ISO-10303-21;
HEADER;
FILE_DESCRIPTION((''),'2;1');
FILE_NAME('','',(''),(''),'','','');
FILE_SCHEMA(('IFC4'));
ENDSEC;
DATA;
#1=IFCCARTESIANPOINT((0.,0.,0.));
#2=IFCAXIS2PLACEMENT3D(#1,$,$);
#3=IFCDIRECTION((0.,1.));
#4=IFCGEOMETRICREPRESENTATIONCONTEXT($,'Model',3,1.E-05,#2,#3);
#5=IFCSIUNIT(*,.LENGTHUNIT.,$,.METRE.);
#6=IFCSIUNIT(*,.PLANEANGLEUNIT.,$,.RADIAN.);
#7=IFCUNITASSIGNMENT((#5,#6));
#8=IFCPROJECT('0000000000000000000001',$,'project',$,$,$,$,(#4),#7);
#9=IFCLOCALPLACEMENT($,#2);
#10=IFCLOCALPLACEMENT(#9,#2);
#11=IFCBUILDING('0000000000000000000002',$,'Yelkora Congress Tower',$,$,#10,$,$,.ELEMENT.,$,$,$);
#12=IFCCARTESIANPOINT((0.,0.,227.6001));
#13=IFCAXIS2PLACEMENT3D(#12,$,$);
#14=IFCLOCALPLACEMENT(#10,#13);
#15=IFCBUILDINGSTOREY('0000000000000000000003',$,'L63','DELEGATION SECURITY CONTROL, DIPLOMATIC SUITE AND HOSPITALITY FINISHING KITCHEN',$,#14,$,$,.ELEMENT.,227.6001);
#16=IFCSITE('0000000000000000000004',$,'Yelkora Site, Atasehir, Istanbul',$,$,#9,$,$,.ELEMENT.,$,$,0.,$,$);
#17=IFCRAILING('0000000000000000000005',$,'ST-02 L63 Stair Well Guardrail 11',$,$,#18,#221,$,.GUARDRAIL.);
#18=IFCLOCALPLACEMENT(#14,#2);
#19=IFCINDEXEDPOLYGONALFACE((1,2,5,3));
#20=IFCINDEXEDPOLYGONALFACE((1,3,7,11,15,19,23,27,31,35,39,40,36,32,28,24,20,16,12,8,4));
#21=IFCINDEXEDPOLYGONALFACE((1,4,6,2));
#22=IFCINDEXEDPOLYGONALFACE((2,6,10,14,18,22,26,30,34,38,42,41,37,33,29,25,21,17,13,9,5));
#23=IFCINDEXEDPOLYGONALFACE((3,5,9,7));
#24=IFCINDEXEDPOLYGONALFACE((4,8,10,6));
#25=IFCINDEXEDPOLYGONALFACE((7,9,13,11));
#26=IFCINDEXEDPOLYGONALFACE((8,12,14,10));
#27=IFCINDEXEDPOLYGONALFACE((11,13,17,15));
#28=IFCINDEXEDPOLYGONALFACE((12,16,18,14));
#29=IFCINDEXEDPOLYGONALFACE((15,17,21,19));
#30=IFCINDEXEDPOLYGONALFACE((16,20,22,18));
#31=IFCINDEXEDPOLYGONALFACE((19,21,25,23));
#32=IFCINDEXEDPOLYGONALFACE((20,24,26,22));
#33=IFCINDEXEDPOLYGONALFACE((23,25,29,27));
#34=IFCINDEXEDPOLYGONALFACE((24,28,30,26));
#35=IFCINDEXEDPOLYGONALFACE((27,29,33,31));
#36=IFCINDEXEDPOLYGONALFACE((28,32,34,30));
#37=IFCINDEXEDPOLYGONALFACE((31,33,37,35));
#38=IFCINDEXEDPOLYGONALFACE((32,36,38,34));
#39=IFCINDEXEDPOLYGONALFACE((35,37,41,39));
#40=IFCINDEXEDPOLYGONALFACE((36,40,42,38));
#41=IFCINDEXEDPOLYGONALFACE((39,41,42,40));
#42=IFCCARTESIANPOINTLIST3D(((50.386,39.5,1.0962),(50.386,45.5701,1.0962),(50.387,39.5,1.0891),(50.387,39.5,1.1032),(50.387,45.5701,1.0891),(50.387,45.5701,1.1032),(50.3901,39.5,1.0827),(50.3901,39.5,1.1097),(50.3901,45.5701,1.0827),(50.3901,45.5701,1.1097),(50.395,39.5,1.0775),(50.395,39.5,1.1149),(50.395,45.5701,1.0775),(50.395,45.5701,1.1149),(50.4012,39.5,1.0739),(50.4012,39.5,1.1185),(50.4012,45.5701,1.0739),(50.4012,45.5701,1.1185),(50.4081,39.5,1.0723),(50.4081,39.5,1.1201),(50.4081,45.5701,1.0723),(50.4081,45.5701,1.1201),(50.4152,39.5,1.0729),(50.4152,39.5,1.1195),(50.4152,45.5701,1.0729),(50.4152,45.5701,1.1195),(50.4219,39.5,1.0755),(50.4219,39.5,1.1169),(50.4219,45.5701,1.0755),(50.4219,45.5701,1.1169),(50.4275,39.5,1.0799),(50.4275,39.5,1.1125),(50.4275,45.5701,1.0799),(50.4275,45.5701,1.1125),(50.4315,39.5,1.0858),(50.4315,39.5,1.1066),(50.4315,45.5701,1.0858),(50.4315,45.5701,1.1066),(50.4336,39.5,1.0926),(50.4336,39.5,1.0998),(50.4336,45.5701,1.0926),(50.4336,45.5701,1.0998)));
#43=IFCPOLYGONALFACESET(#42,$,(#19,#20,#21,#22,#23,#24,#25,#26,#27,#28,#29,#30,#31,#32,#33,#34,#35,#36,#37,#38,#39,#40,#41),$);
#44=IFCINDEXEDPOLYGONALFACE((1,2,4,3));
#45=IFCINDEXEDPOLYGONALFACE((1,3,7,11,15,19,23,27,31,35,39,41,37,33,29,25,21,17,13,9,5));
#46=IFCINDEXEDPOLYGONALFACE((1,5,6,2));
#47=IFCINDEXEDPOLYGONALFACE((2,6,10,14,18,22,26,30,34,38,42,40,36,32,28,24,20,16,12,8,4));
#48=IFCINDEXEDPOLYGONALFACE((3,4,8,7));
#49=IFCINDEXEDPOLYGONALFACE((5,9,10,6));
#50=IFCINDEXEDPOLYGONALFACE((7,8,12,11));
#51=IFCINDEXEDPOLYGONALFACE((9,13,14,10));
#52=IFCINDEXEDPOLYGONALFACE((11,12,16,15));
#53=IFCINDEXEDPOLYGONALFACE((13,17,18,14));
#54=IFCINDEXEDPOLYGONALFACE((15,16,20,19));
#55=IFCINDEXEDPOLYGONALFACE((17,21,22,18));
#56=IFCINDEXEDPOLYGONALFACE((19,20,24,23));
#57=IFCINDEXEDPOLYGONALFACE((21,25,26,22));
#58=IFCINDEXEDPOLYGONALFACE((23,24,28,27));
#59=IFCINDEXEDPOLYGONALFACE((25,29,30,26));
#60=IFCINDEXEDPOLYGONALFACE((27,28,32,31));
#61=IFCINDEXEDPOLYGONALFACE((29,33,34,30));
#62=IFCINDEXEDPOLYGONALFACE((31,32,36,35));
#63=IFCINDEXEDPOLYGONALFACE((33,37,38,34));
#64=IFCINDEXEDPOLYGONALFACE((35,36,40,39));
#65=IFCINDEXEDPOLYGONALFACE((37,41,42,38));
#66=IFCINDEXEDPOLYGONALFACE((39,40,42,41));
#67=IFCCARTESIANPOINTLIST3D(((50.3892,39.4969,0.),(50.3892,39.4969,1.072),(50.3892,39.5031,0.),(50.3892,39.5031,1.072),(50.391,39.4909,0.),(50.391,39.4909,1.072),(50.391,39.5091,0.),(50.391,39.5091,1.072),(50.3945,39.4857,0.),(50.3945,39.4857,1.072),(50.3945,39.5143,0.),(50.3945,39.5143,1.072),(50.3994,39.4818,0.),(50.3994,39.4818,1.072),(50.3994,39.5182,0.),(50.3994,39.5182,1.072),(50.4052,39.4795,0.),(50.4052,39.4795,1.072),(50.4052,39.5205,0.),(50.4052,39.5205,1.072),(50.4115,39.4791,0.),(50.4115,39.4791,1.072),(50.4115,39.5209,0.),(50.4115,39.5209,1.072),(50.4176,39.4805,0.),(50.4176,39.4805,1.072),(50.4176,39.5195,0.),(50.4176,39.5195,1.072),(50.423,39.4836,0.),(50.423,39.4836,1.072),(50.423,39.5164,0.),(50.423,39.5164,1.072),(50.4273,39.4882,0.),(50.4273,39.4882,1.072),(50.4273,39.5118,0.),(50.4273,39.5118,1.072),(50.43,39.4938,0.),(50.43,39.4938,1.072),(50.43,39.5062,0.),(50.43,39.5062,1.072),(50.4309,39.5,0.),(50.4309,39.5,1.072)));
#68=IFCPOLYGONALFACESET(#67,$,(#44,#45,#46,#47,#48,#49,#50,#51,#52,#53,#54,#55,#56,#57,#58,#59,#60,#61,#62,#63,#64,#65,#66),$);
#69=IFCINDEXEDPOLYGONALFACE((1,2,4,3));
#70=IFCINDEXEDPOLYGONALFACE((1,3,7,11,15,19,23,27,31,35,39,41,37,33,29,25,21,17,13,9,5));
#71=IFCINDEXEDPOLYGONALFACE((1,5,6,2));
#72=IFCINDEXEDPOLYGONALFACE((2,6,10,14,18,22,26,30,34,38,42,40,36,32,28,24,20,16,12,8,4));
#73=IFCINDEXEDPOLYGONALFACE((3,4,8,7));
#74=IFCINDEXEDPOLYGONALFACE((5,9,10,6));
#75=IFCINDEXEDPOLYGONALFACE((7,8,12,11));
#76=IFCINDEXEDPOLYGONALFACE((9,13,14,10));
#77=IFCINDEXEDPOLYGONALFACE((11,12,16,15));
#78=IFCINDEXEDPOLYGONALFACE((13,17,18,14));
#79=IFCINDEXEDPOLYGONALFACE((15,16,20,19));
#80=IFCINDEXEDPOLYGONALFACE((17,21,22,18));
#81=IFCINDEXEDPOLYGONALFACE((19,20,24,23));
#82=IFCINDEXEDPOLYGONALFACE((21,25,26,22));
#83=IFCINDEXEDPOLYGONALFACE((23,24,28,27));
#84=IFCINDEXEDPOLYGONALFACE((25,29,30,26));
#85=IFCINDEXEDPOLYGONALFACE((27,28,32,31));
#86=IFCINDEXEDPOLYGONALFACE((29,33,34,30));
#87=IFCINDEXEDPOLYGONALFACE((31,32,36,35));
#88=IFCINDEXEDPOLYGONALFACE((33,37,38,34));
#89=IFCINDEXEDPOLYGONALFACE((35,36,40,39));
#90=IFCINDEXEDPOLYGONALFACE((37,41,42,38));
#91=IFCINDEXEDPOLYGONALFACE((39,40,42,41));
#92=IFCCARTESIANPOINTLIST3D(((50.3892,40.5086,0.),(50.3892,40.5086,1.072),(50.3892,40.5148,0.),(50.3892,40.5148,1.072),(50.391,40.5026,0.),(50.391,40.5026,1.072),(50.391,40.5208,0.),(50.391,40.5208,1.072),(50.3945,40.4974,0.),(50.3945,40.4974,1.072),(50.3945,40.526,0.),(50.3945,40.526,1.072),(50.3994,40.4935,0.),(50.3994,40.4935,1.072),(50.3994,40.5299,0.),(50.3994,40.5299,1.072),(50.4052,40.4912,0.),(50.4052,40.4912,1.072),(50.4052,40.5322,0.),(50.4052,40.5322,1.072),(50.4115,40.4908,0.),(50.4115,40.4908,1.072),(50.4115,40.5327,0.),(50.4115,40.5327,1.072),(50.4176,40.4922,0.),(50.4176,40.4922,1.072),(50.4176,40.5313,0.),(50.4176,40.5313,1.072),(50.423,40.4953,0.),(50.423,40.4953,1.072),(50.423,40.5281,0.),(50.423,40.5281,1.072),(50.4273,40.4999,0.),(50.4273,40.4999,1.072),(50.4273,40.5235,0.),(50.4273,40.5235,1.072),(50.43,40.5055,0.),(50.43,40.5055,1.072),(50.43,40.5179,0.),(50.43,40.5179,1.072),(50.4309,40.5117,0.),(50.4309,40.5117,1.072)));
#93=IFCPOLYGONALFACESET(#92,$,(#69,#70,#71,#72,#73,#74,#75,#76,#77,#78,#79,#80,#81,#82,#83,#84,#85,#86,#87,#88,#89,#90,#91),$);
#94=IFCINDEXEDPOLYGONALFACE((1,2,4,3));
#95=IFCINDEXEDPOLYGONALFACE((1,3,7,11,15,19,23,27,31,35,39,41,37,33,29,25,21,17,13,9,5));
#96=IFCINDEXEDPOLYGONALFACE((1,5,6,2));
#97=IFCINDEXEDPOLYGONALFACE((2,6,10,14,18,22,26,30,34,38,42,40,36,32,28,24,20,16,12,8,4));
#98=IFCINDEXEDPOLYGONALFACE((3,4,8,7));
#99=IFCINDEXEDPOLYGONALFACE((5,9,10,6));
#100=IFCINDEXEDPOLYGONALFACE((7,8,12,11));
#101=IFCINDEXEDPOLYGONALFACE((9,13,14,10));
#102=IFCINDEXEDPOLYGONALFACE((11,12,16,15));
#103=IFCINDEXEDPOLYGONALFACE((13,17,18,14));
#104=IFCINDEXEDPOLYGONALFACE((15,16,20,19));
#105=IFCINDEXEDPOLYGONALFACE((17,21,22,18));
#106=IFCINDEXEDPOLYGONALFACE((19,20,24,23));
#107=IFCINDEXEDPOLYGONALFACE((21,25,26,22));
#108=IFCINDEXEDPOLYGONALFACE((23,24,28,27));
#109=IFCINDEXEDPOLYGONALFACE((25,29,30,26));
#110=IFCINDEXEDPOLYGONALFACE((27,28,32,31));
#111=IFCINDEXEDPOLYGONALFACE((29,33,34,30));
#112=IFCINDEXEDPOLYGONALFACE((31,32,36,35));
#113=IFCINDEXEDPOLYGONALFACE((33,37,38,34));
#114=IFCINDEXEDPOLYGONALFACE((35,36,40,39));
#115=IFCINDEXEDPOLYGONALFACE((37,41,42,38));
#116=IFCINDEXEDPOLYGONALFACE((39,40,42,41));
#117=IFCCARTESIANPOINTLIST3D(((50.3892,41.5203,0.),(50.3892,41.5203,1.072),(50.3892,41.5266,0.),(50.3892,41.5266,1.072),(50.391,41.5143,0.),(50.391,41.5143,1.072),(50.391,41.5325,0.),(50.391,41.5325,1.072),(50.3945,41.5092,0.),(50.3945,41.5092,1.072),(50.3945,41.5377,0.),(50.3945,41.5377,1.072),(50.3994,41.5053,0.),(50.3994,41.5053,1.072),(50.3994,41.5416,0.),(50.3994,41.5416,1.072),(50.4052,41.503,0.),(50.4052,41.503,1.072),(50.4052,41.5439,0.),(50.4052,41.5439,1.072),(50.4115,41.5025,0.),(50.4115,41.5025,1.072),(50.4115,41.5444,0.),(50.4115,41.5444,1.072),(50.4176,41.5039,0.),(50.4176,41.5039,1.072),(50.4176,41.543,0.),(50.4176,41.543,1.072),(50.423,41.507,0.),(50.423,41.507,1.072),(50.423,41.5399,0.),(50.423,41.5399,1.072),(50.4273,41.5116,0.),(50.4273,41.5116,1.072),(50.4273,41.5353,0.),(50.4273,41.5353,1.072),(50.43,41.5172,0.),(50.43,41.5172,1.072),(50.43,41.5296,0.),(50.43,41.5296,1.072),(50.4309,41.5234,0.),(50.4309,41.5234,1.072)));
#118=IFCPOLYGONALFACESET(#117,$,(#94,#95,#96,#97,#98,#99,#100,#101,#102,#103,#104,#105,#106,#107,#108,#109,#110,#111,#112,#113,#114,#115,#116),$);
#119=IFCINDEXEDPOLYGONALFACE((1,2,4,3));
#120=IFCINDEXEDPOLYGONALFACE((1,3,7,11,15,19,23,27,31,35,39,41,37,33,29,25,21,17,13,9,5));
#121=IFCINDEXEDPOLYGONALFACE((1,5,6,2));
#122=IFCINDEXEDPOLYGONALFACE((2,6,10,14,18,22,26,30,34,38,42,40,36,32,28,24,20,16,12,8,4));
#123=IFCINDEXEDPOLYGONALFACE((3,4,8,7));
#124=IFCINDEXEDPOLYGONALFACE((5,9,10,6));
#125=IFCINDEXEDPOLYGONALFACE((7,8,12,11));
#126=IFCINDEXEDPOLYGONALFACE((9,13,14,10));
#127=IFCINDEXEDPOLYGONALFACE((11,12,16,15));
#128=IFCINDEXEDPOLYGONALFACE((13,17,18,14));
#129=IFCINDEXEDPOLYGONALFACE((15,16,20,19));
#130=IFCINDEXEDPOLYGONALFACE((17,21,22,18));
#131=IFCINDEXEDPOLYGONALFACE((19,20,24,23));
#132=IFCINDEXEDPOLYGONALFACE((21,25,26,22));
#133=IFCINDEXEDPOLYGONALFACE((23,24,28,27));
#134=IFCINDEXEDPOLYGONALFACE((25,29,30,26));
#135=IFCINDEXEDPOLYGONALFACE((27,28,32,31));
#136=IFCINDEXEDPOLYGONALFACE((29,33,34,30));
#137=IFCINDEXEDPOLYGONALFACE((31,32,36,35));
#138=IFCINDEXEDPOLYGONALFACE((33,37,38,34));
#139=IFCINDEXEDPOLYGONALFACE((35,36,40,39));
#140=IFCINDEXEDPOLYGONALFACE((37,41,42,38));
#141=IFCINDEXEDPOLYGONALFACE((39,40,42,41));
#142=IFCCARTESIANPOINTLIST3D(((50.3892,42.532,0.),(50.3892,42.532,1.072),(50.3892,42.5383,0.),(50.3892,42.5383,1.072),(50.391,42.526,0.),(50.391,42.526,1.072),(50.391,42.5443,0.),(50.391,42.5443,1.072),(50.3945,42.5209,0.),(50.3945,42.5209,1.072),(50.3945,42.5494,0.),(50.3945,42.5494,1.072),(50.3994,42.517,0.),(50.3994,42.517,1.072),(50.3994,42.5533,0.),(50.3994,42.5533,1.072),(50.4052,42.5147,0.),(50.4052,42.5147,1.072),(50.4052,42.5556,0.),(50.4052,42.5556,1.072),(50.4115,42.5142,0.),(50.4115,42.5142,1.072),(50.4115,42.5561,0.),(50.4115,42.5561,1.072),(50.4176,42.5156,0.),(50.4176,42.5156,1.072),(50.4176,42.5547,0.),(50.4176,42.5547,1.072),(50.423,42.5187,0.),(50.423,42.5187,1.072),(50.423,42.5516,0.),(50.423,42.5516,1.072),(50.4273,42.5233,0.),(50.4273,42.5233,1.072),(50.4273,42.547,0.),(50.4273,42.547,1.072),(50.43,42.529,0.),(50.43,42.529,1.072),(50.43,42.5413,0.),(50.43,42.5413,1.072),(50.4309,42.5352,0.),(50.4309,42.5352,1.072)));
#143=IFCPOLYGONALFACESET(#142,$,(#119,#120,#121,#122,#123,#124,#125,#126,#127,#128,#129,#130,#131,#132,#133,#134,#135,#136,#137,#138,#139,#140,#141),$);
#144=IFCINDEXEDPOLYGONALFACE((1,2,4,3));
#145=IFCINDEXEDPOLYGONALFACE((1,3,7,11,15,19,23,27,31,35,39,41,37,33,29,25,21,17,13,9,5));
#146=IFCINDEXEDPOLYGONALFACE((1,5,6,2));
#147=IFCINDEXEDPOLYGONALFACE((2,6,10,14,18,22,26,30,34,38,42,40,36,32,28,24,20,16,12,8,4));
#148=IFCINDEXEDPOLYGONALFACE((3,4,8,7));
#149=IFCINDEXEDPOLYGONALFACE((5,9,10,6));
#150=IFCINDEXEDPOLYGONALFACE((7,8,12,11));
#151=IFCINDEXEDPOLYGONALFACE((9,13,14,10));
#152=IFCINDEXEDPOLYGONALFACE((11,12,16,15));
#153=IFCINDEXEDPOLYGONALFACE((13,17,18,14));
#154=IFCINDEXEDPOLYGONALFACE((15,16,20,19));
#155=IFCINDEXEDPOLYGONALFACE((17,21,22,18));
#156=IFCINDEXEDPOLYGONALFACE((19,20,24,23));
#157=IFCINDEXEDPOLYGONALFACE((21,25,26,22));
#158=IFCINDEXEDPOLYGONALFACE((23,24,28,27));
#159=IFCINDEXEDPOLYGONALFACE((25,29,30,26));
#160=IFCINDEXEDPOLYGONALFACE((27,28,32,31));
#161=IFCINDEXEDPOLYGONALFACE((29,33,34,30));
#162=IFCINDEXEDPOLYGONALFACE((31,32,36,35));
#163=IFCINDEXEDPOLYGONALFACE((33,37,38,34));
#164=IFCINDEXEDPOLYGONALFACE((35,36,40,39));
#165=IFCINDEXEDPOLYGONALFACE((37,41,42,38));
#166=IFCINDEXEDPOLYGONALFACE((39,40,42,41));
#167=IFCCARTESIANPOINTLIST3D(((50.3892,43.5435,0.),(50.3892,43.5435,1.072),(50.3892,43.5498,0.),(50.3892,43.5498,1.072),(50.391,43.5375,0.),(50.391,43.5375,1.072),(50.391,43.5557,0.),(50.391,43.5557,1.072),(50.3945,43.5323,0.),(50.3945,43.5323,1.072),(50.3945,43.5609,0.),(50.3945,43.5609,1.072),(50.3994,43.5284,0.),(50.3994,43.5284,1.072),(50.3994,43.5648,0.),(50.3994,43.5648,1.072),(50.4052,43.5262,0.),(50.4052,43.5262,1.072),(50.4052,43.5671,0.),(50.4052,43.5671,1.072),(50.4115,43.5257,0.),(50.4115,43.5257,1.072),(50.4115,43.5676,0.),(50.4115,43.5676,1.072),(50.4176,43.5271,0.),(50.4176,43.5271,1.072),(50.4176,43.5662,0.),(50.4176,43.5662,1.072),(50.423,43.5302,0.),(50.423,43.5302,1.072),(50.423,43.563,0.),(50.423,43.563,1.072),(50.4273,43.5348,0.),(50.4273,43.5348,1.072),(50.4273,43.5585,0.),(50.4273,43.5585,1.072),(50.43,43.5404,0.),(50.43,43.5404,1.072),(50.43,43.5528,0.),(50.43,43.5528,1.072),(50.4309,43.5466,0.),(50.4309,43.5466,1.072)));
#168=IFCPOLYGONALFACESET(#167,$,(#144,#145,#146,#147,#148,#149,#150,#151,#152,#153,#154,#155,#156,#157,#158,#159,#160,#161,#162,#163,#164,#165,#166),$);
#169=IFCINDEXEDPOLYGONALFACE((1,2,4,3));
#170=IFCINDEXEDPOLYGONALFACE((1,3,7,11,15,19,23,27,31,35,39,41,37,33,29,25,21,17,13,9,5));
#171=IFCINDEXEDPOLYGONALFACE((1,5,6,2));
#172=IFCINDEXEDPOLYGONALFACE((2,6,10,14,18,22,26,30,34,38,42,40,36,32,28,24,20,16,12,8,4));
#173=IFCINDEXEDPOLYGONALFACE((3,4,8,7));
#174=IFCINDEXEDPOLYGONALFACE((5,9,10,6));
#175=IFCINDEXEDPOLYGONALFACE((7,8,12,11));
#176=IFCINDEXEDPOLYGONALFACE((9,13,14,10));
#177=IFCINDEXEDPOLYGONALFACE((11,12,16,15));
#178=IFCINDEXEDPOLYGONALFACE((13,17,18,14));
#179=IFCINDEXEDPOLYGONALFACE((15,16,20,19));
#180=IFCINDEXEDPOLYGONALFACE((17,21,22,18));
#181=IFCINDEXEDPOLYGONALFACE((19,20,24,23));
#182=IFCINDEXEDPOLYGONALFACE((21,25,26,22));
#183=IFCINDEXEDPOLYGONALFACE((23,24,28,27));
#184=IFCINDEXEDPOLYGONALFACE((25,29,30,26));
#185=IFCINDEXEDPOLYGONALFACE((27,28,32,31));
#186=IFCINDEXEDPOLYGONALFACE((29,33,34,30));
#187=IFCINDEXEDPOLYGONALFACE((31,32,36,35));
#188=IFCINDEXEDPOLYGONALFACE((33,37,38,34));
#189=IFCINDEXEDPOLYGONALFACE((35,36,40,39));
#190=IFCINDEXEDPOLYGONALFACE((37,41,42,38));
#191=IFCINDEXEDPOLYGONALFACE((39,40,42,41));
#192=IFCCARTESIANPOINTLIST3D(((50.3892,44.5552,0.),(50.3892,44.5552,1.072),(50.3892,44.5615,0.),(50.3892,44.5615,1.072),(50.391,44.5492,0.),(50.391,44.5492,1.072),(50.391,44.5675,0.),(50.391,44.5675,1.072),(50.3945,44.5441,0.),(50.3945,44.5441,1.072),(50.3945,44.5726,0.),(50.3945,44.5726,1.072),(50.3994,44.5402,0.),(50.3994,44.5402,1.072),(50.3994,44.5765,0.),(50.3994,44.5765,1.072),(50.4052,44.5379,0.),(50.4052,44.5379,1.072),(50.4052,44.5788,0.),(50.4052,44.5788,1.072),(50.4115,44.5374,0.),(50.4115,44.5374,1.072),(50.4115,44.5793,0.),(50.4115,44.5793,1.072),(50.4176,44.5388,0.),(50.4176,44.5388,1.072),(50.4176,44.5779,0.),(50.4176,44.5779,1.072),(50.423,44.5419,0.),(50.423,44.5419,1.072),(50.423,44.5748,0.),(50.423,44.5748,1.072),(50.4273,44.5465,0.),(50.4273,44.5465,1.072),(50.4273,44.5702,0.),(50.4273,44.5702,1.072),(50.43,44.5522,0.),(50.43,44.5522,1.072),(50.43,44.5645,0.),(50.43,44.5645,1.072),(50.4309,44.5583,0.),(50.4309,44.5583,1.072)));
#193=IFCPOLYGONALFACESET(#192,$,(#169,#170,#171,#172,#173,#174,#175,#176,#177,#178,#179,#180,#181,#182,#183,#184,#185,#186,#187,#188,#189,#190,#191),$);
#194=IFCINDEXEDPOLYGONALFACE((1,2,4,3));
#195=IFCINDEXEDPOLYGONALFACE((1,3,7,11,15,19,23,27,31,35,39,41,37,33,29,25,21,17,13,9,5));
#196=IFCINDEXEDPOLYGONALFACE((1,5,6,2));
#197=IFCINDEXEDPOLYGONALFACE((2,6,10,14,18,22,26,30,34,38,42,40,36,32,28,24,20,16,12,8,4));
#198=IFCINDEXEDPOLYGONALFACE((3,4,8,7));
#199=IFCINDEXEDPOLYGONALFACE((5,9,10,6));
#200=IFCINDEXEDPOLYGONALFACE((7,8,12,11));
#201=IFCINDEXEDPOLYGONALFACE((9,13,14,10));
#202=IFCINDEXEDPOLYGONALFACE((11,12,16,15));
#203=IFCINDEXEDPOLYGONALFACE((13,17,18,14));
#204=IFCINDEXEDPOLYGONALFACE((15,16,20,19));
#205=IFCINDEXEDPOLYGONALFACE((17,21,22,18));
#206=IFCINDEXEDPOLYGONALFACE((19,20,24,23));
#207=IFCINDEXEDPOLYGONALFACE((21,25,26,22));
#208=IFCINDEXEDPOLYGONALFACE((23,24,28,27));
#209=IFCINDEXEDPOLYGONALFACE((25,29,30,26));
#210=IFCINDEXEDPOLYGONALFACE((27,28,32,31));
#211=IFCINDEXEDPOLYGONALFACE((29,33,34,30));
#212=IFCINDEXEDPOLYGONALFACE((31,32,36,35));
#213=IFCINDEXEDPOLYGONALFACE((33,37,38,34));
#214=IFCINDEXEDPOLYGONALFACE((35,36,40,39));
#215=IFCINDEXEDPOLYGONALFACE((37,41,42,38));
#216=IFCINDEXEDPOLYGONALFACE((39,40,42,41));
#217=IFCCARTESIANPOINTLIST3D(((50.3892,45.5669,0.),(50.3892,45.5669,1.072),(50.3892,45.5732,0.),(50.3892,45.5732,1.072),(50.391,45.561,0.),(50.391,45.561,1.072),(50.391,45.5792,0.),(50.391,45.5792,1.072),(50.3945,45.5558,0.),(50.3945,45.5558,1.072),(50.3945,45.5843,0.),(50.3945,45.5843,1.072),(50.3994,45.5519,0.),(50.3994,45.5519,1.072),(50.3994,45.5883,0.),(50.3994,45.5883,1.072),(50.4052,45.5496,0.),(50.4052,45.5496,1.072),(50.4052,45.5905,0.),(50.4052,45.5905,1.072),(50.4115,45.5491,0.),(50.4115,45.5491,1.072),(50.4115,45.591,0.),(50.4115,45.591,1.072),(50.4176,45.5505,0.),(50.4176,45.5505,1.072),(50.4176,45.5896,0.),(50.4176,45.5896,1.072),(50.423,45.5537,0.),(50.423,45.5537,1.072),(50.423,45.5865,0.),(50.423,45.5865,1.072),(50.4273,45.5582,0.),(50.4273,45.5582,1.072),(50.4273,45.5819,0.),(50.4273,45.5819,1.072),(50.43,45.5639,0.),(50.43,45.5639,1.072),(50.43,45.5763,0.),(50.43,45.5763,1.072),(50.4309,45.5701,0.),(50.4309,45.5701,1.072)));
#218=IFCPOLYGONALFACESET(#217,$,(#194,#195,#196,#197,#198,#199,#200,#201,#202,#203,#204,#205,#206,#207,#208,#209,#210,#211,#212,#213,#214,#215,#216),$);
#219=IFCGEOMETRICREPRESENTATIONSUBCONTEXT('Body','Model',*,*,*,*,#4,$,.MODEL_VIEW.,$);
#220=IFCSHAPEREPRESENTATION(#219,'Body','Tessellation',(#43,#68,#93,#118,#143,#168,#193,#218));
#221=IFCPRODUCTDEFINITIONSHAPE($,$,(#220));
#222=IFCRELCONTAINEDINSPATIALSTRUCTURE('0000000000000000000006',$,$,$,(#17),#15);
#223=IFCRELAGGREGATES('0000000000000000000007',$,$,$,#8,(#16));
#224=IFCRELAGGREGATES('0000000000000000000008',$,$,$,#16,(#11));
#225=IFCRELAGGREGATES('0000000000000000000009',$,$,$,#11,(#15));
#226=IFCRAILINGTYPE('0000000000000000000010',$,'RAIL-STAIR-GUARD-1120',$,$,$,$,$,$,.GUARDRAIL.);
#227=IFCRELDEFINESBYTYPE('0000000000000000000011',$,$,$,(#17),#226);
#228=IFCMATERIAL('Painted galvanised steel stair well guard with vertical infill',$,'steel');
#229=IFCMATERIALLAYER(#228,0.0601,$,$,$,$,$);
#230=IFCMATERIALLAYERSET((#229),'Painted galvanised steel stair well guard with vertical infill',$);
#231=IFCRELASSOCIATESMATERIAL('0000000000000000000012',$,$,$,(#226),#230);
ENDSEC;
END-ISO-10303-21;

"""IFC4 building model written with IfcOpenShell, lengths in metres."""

from ifc_helpers import new_model, si_unit, direction, frame, origin, origin_2d, place, context, subcontext, project, spatial, circle, extrude, material, layer, layer_set, type_object, element, save


model = new_model("IFC4")

# Units and contexts
model_context = context("Model", 3, precision=1e-05, world=origin(), true_north=direction((0.0, 1.0)))
body_context = subcontext(model_context, "Body", "Model", "MODEL_VIEW")
ifc_project = project(units=[si_unit("LENGTHUNIT", "METRE"), si_unit("PLANEANGLEUNIT", "RADIAN")], contexts=[model_context])

# Site, building, storey
site_placement = place(None, origin())
site = spatial("IfcSite", under=ifc_project, at=site_placement, Name="Yelkora Site, Atasehir, Istanbul", CompositionType="ELEMENT", RefElevation=0.0)
building_placement = place(site_placement, origin())
building = spatial("IfcBuilding", under=site, at=building_placement, Name="Yelkora Congress Tower", CompositionType="ELEMENT")
storey_placement = place(building_placement, frame((0.0, 0.0, 227.6001)))
storey = spatial("IfcBuildingStorey", under=building, at=storey_placement, Name="L63", Description="DELEGATION SECURITY CONTROL, DIPLOMATIC SUITE AND HOSPITALITY FINISHING KITCHEN", CompositionType="ELEMENT", Elevation=227.6001)

# Railing
ifc_material_1 = material(Name="Painted galvanised steel stair well guard with vertical infill", Category="steel")
ifc_layer_1 = layer(ifc_material_1, 0.0601)
ifc_layer_set_1 = layer_set([ifc_layer_1], Name="Painted galvanised steel stair well guard with vertical infill")
railing_type_1 = type_object("IfcRailingType", Name="RAIL-STAIR-GUARD-1120", PredefinedType="GUARDRAIL", material=ifc_layer_set_1)
railing_1_placement = place(storey_placement, frame((50.4099, 39.5, 0.0)))
element("IfcRailing", 1, at=railing_1_placement, inside=storey, type_object=railing_type_1, Name="ST-02 L63 Stair Well Guardrail 11", PredefinedType="GUARDRAIL", context=body_context, shape_type="SweptSolid", body=[
    extrude(circle(Radius=0.0239, at=origin_2d()), frame((0.0, 0.0, 1.0962), z_axis=(0.0, 1.0, 0.0), x_axis=(-1.0, 0.0, 0.0)), (0.0, 0.0, 1.0), 6.0701),
    extrude(circle(Radius=0.021, at=origin_2d()), origin(), (0.0, 0.0, 1.0), 1.072),
    extrude(circle(Radius=0.021, at=origin_2d()), frame((0.0, 1.0117, 0.0)), (0.0, 0.0, 1.0), 1.072),
    extrude(circle(Radius=0.021, at=origin_2d()), frame((0.0, 2.0234, 0.0)), (0.0, 0.0, 1.0), 1.072),
    extrude(circle(Radius=0.021, at=origin_2d()), frame((0.0, 3.0352, 0.0)), (0.0, 0.0, 1.0), 1.072),
    extrude(circle(Radius=0.021, at=origin_2d()), frame((0.0, 4.0466, 0.0)), (0.0, 0.0, 1.0), 1.072),
    extrude(circle(Radius=0.021, at=origin_2d()), frame((0.0, 5.0583, 0.0)), (0.0, 0.0, 1.0), 1.072),
    extrude(circle(Radius=0.021, at=origin_2d()), frame((0.0, 6.0701, 0.0)), (0.0, 0.0, 1.0), 1.072),
])

save(model, "model.ifc")
